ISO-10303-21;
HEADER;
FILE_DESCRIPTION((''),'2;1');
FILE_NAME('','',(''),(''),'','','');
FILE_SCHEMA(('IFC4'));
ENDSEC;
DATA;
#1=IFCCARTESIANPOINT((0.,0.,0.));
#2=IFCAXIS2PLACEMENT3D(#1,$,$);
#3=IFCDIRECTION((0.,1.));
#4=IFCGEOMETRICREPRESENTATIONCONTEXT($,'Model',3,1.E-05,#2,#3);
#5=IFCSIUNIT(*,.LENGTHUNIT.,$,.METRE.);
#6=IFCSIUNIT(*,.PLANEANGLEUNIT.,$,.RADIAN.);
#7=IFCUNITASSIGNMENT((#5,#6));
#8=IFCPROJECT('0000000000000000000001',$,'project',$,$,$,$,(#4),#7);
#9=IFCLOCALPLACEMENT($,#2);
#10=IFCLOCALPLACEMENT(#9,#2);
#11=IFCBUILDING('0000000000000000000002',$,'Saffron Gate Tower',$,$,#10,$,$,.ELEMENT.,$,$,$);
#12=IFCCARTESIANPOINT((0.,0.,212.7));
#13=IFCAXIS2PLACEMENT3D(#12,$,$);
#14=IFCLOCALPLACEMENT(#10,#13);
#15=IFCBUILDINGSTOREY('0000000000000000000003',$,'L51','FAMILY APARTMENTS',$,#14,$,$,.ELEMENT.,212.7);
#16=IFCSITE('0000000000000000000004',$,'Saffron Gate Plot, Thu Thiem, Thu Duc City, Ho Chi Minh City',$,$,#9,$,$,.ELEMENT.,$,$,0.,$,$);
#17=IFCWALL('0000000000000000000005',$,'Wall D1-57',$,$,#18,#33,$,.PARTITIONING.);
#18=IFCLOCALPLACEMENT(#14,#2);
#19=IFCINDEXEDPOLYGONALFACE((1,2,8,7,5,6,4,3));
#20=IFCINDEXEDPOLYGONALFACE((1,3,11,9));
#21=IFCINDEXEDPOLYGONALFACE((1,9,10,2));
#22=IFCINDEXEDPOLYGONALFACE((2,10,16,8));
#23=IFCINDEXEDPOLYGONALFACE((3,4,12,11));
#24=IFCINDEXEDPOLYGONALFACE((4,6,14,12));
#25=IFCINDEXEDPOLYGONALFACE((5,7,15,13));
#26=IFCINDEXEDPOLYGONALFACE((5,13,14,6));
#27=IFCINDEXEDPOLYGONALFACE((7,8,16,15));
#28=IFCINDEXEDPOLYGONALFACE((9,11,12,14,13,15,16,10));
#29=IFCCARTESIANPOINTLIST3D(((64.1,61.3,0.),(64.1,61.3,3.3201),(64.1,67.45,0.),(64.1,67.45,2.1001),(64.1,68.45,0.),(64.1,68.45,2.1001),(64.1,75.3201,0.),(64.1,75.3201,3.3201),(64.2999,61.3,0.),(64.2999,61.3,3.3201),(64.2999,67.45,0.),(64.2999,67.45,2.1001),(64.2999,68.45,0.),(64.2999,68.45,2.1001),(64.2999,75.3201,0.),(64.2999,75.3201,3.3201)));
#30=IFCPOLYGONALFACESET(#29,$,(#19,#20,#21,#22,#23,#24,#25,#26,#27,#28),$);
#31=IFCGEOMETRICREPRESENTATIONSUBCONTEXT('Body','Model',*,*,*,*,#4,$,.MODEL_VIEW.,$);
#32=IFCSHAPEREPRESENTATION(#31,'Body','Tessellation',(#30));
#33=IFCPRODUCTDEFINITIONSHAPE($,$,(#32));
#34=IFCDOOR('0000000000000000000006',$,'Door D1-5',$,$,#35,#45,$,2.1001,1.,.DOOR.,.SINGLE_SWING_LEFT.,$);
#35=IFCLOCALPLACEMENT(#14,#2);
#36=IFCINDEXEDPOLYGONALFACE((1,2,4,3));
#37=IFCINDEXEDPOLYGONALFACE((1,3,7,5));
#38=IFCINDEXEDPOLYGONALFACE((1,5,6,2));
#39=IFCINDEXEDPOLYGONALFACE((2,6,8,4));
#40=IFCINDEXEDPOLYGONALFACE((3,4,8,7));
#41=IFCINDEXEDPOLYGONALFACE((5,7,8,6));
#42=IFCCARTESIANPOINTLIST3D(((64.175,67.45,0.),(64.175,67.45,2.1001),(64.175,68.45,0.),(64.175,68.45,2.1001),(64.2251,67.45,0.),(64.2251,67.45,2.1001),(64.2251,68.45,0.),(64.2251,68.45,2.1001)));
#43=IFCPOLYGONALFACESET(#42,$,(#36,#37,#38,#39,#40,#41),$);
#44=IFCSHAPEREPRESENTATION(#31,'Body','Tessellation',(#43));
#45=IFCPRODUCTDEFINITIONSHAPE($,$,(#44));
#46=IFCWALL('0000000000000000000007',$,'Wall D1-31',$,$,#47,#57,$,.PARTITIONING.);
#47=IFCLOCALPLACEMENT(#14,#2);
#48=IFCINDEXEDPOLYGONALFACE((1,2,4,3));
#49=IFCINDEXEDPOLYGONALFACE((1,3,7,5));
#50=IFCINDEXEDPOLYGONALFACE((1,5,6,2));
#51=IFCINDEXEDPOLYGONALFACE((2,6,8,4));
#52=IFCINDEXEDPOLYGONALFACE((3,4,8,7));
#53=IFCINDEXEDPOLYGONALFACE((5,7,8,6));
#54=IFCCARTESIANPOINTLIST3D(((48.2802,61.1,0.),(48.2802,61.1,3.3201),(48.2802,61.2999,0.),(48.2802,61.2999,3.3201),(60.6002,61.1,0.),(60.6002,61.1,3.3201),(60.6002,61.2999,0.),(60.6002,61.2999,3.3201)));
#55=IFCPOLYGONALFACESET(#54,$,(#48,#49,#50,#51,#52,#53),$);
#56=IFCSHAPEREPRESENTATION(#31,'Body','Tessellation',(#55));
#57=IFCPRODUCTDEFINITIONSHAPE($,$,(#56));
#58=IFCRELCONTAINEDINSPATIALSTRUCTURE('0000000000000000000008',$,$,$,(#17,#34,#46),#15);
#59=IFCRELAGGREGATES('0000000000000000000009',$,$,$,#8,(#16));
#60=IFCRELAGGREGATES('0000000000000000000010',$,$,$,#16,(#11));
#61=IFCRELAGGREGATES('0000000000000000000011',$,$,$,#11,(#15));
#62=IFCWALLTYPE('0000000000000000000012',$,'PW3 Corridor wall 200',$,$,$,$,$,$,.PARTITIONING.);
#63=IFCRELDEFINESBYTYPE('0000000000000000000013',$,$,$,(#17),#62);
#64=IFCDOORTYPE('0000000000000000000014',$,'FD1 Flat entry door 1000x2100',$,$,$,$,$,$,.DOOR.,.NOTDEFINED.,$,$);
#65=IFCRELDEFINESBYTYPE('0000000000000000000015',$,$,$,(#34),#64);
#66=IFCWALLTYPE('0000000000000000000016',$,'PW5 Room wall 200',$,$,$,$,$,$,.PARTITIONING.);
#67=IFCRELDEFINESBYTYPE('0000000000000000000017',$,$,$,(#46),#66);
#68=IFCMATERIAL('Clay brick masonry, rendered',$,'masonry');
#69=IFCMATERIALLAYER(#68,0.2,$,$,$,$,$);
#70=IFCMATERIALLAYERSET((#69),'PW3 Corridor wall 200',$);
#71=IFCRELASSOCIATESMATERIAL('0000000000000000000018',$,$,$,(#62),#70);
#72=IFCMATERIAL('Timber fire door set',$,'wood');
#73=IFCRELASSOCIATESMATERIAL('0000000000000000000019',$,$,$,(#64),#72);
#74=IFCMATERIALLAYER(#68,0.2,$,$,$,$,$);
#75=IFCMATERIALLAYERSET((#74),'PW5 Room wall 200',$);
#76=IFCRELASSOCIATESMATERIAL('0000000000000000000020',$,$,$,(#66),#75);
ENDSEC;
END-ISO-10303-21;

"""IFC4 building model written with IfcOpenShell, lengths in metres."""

from ifc_helpers import new_model, si_unit, direction, frame, frame_2d, origin, place, context, subcontext, project, spatial, rectangle, extrude, material, layer, layer_set, type_object, element, fill, save


model = new_model("IFC4")

# Units and contexts
model_context = context("Model", 3, precision=1e-05, world=origin(), true_north=direction((0.0, 1.0)))
body_context = subcontext(model_context, "Body", "Model", "MODEL_VIEW")
ifc_project = project(units=[si_unit("LENGTHUNIT", "METRE"), si_unit("PLANEANGLEUNIT", "RADIAN")], contexts=[model_context])

# Site, building, storey
site_placement = place(None, origin())
site = spatial("IfcSite", under=ifc_project, at=site_placement, Name="Saffron Gate Plot, Thu Thiem, Thu Duc City, Ho Chi Minh City", CompositionType="ELEMENT", RefElevation=0.0)
building_placement = place(site_placement, origin())
building = spatial("IfcBuilding", under=site, at=building_placement, Name="Saffron Gate Tower", CompositionType="ELEMENT")
storey_placement = place(building_placement, frame((0.0, 0.0, 212.7)))
storey = spatial("IfcBuildingStorey", under=building, at=storey_placement, Name="L51", Description="FAMILY APARTMENTS", CompositionType="ELEMENT", Elevation=212.7)

# Shared definitions
ifc_material_1 = material(Name="Clay brick masonry, rendered", Category="masonry")
ifc_layer_1 = layer(ifc_material_1, 0.2)
ifc_layer_set_1 = layer_set([ifc_layer_1], Name="PW3 Corridor wall 200")
wall_type_1 = type_object("IfcWallType", Name="PW3 Corridor wall 200", PredefinedType="PARTITIONING", material=ifc_layer_set_1)

# Shared definitions
ifc_material_2 = material(Name="Timber fire door set", Category="wood")
door_type_1 = type_object("IfcDoorType", Name="FD1 Flat entry door 1000x2100", OperationType="NOTDEFINED", PredefinedType="DOOR", material=ifc_material_2)

# Wall, opening, door
wall_1_placement = place(storey_placement, frame((64.2, 61.3, 0.0), z_axis=(0.0, 0.0, 1.0), x_axis=(0.0, 1.0, 0.0)))
wall_1 = element("IfcWall", 1, at=wall_1_placement, inside=storey, type_object=wall_type_1, Name="Wall D1-57", PredefinedType="PARTITIONING", context=body_context, shape_type="SweptSolid", body=[
    extrude(rectangle(XDim=14.02, YDim=0.2, at=frame_2d((7.01, 0.0))), origin(), (0.0, 0.0, 1.0), 3.3201),
])
opening_1_placement = place(wall_1_placement, frame((6.1499, 0.0, 0.0)))
opening_1 = element("IfcOpeningElement", 2, at=opening_1_placement, cuts=wall_1, PredefinedType="OPENING", context=body_context, shape_type="SweptSolid", body=[
    extrude(rectangle(XDim=1.0, YDim=2.1001, at=frame_2d((0.5, 1.05))), frame((0.0, 0.1099, 0.0), z_axis=(0.0, -1.0, 0.0), x_axis=(1.0, 0.0, 0.0)), (0.0, 0.0, 1.0), 0.22),
])
door_1_placement = place(opening_1_placement, origin())
door_1 = element("IfcDoor", 3, at=door_1_placement, inside=storey, type_object=door_type_1, Name="Door D1-5", OperationType="SINGLE_SWING_LEFT", OverallHeight=2.1001, OverallWidth=1.0, PredefinedType="DOOR", context=body_context, shape_type="SweptSolid", body=[
    extrude(rectangle(XDim=1.0, YDim=2.1001, at=frame_2d((0.5, 1.05))), frame((0.0, 0.0249, 0.0), z_axis=(0.0, -1.0, 0.0), x_axis=(1.0, 0.0, 0.0)), (0.0, 0.0, 1.0), 0.05),
])
fill(opening_1, door_1)

# Wall
ifc_layer_2 = layer(ifc_material_1, 0.2)
ifc_layer_set_2 = layer_set([ifc_layer_2], Name="PW5 Room wall 200")
wall_type_2 = type_object("IfcWallType", Name="PW5 Room wall 200", PredefinedType="PARTITIONING", material=ifc_layer_set_2)
wall_2_placement = place(storey_placement, frame((48.28, 61.2, 0.0), z_axis=(0.0, 0.0, 1.0), x_axis=(1.0, 0.0, 0.0)))
element("IfcWall", 4, at=wall_2_placement, inside=storey, type_object=wall_type_2, Name="Wall D1-31", PredefinedType="PARTITIONING", context=body_context, shape_type="SweptSolid", body=[
    extrude(rectangle(XDim=12.3201, YDim=0.2, at=frame_2d((6.1602, 0.0))), origin(), (0.0, 0.0, 1.0), 3.3201),
])

save(model, "model.ifc")
